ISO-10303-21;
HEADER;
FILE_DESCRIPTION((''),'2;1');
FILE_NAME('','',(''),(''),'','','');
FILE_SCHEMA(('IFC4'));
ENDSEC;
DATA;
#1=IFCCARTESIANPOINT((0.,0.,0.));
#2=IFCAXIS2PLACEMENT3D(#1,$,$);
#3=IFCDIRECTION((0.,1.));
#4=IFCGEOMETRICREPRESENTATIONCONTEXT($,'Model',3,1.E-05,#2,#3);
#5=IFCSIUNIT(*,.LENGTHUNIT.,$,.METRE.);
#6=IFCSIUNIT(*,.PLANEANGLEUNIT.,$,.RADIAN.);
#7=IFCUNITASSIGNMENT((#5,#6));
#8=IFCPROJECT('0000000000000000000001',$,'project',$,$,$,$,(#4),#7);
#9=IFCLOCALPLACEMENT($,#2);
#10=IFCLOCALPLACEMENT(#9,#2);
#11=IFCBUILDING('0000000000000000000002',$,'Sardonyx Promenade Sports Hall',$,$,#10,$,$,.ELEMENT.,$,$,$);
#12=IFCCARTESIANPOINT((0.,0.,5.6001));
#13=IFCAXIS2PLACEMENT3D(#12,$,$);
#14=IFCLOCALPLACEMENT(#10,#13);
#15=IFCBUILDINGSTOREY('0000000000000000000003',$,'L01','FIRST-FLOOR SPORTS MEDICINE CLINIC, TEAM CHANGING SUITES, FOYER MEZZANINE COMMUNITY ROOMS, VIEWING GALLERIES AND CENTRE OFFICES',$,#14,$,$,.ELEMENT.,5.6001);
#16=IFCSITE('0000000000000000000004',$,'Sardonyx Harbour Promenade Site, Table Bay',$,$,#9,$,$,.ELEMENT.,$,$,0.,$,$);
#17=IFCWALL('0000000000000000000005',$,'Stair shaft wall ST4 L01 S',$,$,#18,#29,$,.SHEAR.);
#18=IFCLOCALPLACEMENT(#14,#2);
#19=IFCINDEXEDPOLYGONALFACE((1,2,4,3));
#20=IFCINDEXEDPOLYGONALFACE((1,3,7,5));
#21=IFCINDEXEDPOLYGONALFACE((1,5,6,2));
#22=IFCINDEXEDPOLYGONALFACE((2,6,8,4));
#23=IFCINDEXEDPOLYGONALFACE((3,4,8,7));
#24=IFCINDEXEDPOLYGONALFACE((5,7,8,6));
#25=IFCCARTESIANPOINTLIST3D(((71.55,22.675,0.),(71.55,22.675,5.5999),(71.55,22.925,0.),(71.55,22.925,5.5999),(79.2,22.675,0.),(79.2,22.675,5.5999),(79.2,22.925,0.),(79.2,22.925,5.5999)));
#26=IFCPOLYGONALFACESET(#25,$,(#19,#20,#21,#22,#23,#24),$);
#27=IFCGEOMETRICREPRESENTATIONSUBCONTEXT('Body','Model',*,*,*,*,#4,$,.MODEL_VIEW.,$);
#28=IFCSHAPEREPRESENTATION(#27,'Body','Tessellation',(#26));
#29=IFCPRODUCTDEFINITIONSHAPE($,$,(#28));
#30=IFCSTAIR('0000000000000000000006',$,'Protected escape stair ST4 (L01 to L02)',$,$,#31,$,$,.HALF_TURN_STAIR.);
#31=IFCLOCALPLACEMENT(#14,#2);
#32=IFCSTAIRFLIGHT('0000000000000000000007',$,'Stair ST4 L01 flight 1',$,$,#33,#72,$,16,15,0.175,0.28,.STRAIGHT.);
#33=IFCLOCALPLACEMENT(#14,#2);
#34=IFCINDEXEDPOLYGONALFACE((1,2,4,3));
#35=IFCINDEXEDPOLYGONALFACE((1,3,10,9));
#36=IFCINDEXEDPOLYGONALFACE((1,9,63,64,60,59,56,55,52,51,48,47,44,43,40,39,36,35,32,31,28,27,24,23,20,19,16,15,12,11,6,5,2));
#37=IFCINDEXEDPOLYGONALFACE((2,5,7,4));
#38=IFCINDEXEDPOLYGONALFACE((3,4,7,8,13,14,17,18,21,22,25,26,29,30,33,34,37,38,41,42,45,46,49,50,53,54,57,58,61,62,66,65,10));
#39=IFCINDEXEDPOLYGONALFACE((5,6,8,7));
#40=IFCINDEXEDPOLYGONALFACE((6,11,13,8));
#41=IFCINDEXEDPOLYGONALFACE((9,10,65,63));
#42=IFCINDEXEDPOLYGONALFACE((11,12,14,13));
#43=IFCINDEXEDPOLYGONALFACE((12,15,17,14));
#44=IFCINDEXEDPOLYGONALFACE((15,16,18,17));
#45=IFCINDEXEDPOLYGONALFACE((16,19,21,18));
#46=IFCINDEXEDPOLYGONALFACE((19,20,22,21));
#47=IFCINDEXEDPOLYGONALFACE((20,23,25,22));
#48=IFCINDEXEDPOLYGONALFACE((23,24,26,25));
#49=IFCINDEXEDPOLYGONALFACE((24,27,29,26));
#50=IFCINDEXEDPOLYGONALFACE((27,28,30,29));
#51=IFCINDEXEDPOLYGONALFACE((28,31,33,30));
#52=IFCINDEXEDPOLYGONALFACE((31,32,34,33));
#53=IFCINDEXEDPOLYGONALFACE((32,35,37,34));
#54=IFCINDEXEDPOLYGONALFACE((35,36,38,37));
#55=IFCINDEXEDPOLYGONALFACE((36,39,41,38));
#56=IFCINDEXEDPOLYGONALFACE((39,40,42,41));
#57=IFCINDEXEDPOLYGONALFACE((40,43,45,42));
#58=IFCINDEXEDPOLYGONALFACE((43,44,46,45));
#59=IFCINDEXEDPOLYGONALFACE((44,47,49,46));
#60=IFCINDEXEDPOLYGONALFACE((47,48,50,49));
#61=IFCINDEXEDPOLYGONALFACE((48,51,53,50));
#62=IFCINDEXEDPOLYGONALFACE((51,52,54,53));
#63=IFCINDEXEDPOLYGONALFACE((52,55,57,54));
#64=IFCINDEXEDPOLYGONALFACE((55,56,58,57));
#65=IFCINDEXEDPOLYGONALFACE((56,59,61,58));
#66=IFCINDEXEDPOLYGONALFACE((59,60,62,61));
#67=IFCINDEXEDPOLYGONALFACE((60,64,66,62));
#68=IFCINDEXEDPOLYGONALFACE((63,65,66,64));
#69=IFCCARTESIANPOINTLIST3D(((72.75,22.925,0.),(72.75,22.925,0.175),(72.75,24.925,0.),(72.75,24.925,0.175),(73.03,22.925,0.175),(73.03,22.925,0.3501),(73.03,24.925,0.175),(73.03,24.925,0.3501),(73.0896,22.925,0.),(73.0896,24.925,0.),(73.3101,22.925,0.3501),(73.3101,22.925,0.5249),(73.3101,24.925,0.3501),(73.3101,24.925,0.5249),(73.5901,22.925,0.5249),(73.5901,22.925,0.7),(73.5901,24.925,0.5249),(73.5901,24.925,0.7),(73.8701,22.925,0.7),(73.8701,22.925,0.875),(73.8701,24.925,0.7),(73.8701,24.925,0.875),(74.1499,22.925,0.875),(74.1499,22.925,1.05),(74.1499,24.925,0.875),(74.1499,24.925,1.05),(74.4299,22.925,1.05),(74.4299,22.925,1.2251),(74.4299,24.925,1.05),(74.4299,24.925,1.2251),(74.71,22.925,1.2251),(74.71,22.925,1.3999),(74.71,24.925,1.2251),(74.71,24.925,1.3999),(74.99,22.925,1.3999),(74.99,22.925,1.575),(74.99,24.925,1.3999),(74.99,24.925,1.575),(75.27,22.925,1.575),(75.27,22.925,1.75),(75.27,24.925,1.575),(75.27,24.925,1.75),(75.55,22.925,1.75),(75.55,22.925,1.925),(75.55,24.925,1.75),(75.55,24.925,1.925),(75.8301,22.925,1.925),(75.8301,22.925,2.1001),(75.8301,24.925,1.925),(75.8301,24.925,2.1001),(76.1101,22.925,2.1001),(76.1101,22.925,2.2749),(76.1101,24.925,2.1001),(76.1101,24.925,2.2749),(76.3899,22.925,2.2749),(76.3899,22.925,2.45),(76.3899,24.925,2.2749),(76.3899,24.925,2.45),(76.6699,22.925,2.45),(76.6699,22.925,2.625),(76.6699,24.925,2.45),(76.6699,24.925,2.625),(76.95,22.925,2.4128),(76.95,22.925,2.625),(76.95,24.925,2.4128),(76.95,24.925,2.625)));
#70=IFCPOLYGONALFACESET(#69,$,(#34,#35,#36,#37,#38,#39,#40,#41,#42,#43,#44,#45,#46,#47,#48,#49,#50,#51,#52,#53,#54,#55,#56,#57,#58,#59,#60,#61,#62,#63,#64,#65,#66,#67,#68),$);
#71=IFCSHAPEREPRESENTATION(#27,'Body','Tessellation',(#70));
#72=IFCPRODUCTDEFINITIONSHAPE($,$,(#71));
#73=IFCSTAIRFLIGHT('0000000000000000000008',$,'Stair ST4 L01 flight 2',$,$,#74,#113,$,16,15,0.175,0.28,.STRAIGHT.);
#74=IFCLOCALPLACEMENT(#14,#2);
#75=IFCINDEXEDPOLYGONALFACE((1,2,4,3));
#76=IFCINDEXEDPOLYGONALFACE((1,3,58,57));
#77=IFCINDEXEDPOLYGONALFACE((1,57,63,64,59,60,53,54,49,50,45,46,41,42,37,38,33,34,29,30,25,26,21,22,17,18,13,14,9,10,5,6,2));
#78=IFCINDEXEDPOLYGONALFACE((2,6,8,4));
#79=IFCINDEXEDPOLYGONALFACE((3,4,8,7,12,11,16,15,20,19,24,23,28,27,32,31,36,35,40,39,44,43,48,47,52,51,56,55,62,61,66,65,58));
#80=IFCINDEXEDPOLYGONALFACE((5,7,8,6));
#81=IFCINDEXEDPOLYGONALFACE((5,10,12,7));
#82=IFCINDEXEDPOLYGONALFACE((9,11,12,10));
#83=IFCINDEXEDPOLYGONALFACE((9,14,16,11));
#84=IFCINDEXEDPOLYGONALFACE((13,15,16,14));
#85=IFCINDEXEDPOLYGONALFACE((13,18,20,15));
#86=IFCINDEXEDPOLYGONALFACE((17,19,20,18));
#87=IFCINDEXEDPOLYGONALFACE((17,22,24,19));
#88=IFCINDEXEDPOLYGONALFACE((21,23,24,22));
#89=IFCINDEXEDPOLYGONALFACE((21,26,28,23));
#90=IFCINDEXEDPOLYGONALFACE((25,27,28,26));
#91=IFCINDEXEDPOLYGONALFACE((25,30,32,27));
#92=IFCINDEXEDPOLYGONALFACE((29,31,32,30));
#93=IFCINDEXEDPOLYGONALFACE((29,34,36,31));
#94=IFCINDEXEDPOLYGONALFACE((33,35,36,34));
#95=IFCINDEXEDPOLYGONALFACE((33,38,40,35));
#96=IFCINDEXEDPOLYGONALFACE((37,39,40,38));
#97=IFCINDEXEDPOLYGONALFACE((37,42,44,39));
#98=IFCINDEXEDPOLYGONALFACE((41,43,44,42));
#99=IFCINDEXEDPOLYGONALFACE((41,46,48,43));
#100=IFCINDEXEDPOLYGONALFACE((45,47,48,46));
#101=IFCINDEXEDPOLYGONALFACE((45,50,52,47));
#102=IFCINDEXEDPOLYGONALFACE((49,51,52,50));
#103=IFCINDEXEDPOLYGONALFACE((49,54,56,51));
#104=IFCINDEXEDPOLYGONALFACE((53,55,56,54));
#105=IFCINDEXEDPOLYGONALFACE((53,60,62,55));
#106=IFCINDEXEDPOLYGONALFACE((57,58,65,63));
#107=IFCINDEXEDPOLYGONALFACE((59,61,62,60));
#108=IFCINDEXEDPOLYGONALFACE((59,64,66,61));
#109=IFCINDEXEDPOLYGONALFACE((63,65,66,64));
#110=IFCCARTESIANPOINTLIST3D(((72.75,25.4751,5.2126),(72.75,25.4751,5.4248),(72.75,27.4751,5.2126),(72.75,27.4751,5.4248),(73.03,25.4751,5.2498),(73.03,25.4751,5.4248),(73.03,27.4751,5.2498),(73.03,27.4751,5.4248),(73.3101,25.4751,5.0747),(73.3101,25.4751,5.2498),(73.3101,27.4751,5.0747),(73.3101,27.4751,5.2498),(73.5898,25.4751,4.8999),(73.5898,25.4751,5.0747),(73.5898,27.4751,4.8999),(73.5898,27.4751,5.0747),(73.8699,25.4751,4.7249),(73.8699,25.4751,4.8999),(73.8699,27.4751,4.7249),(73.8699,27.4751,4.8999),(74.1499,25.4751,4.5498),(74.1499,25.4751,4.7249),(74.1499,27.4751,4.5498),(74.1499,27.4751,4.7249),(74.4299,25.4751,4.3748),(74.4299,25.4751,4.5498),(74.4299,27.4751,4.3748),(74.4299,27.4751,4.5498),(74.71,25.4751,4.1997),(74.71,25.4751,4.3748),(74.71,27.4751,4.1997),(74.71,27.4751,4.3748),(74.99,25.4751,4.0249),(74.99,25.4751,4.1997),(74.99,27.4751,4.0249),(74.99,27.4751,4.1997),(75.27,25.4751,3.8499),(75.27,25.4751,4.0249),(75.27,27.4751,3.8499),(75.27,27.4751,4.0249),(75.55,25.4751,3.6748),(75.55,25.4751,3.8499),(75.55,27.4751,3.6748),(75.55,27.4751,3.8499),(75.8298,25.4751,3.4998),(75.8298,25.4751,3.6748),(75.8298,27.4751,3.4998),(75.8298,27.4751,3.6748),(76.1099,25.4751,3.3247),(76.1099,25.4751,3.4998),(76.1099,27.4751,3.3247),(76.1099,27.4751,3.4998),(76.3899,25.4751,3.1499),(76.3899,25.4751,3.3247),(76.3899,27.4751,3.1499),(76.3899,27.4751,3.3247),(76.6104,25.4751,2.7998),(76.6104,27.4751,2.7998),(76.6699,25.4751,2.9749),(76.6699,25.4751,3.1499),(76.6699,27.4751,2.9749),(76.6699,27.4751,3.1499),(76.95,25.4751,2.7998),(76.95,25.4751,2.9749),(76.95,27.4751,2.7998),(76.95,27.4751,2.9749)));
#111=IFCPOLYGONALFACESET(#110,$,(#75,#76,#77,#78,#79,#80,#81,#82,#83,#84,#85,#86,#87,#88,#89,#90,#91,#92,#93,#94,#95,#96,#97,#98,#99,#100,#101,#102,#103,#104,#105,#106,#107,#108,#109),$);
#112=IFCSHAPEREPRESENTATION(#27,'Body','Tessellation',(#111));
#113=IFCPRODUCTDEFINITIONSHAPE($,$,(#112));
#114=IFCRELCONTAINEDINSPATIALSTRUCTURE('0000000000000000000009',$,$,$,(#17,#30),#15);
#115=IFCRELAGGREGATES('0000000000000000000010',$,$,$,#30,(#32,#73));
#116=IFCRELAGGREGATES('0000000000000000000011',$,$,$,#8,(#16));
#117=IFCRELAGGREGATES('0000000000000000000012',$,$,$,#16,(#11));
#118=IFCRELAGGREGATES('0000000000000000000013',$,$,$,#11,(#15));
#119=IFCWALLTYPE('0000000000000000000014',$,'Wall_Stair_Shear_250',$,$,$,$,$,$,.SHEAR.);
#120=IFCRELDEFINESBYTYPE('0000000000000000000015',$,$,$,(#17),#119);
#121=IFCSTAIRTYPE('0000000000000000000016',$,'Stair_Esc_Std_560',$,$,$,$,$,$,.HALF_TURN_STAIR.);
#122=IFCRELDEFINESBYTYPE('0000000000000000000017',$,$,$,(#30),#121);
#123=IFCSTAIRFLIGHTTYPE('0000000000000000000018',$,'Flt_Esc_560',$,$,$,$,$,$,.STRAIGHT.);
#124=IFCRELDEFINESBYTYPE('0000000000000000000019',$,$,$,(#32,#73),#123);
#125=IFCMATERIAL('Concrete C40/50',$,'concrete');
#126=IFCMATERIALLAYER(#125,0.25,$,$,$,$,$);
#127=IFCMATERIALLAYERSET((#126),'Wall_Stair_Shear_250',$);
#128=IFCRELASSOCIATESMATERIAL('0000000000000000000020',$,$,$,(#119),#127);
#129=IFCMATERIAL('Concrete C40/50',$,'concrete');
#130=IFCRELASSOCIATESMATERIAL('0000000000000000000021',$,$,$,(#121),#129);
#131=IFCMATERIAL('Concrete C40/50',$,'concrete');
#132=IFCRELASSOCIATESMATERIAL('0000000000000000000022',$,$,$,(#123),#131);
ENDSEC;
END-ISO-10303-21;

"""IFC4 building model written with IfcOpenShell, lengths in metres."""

from ifc_helpers import new_model, si_unit, direction, frame, frame_2d, origin, place, context, subcontext, project, spatial, polyline, rectangle, outline, extrude, material, layer, layer_set, type_object, element, aggregate, save


model = new_model("IFC4")

# Units and contexts
model_context = context("Model", 3, precision=1e-05, world=origin(), true_north=direction((0.0, 1.0)))
body_context = subcontext(model_context, "Body", "Model", "MODEL_VIEW")
ifc_project = project(units=[si_unit("LENGTHUNIT", "METRE"), si_unit("PLANEANGLEUNIT", "RADIAN")], contexts=[model_context])

# Site, building, storey
site_placement = place(None, origin())
site = spatial("IfcSite", under=ifc_project, at=site_placement, Name="Sardonyx Harbour Promenade Site, Table Bay", CompositionType="ELEMENT", RefElevation=0.0)
building_placement = place(site_placement, origin())
building = spatial("IfcBuilding", under=site, at=building_placement, Name="Sardonyx Promenade Sports Hall", CompositionType="ELEMENT")
storey_placement = place(building_placement, frame((0.0, 0.0, 5.6001)))
storey = spatial("IfcBuildingStorey", under=building, at=storey_placement, Name="L01", Description="FIRST-FLOOR SPORTS MEDICINE CLINIC, TEAM CHANGING SUITES, FOYER MEZZANINE COMMUNITY ROOMS, VIEWING GALLERIES AND CENTRE OFFICES", CompositionType="ELEMENT", Elevation=5.6001)

# Shared definitions
ifc_material_1 = material(Name="Concrete C40/50", Category="concrete")
ifc_layer_1 = layer(ifc_material_1, 0.25)
ifc_layer_set_1 = layer_set([ifc_layer_1], Name="Wall_Stair_Shear_250")
wall_type_1 = type_object("IfcWallType", Name="Wall_Stair_Shear_250", PredefinedType="SHEAR", material=ifc_layer_set_1)

# Wall
wall_1_placement = place(storey_placement, frame((79.2, 22.8, 0.0), z_axis=(0.0, 0.0, 1.0), x_axis=(-1.0, 0.0, 0.0)))
element("IfcWall", 1, at=wall_1_placement, inside=storey, type_object=wall_type_1, Name="Stair shaft wall ST4 L01 S", PredefinedType="SHEAR", context=body_context, shape_type="SweptSolid", body=[
    extrude(rectangle(XDim=7.6499, YDim=0.25, at=frame_2d((3.825, 0.0))), origin(), (0.0, 0.0, 1.0), 5.5999),
])

# Stair, stair flights
ifc_material_2 = material(Name="Concrete C40/50", Category="concrete")
stair_type = type_object("IfcStairType", Name="Stair_Esc_Std_560", PredefinedType="HALF_TURN_STAIR", material=ifc_material_2)
stair_placement = place(storey_placement, origin())
stair = element("IfcStair", 2, at=stair_placement, inside=storey, type_object=stair_type, Name="Protected escape stair ST4 (L01 to L02)", PredefinedType="HALF_TURN_STAIR")
ifc_material_3 = material(Name="Concrete C40/50", Category="concrete")
stair_flight_type = type_object("IfcStairFlightType", Name="Flt_Esc_560", PredefinedType="STRAIGHT", material=ifc_material_3)
stair_flight_1_placement = place(storey_placement, frame((72.75, 23.925, 0.0), z_axis=(0.0, 0.0, 1.0), x_axis=(1.0, 0.0, 0.0)))
stair_flight_1 = element("IfcStairFlight", 3, at=stair_flight_1_placement, type_object=stair_flight_type, Name="Stair ST4 L01 flight 1", NumberOfRisers=16, NumberOfTreads=15, PredefinedType="STRAIGHT", RiserHeight=0.175, TreadLength=0.28, context=body_context, shape_type="SweptSolid", body=[
    extrude(outline(polyline([(0.0, 0.0), (0.0, 0.175), (0.28, 0.175), (0.28, 0.3501), (0.5601, 0.3501), (0.5601, 0.5249), (0.8401, 0.5249), (0.8401, 0.7), (1.1201, 0.7), (1.1201, 0.875), (1.3999, 0.875), (1.3999, 1.05), (1.6799, 1.05), (1.6799, 1.2251), (1.96, 1.2251), (1.96, 1.3999), (2.24, 1.3999), (2.24, 1.575), (2.52, 1.575), (2.52, 1.75), (2.8, 1.75), (2.8, 1.925), (3.0801, 1.925), (3.0801, 2.1001), (3.3601, 2.1001), (3.3601, 2.2749), (3.6399, 2.2749), (3.6399, 2.45), (3.9199, 2.45), (3.9199, 2.625), (4.2, 2.625), (4.2, 2.8), (4.2, 2.4128), (0.3396, 0.0), (0.0, 0.0)])), frame((0.0, 1.0, 0.0), z_axis=(0.0, -1.0, 0.0), x_axis=(1.0, 0.0, 0.0)), (0.0, 0.0, 1.0), 2.0),
])
stair_flight_2_placement = place(storey_placement, frame((76.95, 26.4751, 2.7998), z_axis=(0.0, 0.0, 1.0), x_axis=(-1.0, 0.0, 0.0)))
stair_flight_2 = element("IfcStairFlight", 4, at=stair_flight_2_placement, type_object=stair_flight_type, Name="Stair ST4 L01 flight 2", NumberOfRisers=16, NumberOfTreads=15, PredefinedType="STRAIGHT", RiserHeight=0.175, TreadLength=0.28, context=body_context, shape_type="SweptSolid", body=[
    extrude(outline(polyline([(0.0, 0.0), (0.0, 0.175), (0.28, 0.175), (0.28, 0.3501), (0.5601, 0.3501), (0.5601, 0.5249), (0.8401, 0.5249), (0.8401, 0.7), (1.1201, 0.7), (1.1201, 0.875), (1.3999, 0.875), (1.3999, 1.05), (1.6799, 1.05), (1.6799, 1.2251), (1.96, 1.2251), (1.96, 1.3999), (2.24, 1.3999), (2.24, 1.575), (2.52, 1.575), (2.52, 1.75), (2.8, 1.75), (2.8, 1.925), (3.0801, 1.925), (3.0801, 2.1001), (3.3601, 2.1001), (3.3601, 2.2749), (3.6399, 2.2749), (3.6399, 2.45), (3.9199, 2.45), (3.9199, 2.625), (4.2, 2.625), (4.2, 2.8), (4.2, 2.4128), (0.3396, 0.0), (0.0, 0.0)])), frame((0.0, 1.0, 0.0), z_axis=(0.0, -1.0, 0.0), x_axis=(1.0, 0.0, 0.0)), (0.0, 0.0, 1.0), 2.0),
])
aggregate(stair, [stair_flight_1, stair_flight_2])

save(model, "model.ifc")
